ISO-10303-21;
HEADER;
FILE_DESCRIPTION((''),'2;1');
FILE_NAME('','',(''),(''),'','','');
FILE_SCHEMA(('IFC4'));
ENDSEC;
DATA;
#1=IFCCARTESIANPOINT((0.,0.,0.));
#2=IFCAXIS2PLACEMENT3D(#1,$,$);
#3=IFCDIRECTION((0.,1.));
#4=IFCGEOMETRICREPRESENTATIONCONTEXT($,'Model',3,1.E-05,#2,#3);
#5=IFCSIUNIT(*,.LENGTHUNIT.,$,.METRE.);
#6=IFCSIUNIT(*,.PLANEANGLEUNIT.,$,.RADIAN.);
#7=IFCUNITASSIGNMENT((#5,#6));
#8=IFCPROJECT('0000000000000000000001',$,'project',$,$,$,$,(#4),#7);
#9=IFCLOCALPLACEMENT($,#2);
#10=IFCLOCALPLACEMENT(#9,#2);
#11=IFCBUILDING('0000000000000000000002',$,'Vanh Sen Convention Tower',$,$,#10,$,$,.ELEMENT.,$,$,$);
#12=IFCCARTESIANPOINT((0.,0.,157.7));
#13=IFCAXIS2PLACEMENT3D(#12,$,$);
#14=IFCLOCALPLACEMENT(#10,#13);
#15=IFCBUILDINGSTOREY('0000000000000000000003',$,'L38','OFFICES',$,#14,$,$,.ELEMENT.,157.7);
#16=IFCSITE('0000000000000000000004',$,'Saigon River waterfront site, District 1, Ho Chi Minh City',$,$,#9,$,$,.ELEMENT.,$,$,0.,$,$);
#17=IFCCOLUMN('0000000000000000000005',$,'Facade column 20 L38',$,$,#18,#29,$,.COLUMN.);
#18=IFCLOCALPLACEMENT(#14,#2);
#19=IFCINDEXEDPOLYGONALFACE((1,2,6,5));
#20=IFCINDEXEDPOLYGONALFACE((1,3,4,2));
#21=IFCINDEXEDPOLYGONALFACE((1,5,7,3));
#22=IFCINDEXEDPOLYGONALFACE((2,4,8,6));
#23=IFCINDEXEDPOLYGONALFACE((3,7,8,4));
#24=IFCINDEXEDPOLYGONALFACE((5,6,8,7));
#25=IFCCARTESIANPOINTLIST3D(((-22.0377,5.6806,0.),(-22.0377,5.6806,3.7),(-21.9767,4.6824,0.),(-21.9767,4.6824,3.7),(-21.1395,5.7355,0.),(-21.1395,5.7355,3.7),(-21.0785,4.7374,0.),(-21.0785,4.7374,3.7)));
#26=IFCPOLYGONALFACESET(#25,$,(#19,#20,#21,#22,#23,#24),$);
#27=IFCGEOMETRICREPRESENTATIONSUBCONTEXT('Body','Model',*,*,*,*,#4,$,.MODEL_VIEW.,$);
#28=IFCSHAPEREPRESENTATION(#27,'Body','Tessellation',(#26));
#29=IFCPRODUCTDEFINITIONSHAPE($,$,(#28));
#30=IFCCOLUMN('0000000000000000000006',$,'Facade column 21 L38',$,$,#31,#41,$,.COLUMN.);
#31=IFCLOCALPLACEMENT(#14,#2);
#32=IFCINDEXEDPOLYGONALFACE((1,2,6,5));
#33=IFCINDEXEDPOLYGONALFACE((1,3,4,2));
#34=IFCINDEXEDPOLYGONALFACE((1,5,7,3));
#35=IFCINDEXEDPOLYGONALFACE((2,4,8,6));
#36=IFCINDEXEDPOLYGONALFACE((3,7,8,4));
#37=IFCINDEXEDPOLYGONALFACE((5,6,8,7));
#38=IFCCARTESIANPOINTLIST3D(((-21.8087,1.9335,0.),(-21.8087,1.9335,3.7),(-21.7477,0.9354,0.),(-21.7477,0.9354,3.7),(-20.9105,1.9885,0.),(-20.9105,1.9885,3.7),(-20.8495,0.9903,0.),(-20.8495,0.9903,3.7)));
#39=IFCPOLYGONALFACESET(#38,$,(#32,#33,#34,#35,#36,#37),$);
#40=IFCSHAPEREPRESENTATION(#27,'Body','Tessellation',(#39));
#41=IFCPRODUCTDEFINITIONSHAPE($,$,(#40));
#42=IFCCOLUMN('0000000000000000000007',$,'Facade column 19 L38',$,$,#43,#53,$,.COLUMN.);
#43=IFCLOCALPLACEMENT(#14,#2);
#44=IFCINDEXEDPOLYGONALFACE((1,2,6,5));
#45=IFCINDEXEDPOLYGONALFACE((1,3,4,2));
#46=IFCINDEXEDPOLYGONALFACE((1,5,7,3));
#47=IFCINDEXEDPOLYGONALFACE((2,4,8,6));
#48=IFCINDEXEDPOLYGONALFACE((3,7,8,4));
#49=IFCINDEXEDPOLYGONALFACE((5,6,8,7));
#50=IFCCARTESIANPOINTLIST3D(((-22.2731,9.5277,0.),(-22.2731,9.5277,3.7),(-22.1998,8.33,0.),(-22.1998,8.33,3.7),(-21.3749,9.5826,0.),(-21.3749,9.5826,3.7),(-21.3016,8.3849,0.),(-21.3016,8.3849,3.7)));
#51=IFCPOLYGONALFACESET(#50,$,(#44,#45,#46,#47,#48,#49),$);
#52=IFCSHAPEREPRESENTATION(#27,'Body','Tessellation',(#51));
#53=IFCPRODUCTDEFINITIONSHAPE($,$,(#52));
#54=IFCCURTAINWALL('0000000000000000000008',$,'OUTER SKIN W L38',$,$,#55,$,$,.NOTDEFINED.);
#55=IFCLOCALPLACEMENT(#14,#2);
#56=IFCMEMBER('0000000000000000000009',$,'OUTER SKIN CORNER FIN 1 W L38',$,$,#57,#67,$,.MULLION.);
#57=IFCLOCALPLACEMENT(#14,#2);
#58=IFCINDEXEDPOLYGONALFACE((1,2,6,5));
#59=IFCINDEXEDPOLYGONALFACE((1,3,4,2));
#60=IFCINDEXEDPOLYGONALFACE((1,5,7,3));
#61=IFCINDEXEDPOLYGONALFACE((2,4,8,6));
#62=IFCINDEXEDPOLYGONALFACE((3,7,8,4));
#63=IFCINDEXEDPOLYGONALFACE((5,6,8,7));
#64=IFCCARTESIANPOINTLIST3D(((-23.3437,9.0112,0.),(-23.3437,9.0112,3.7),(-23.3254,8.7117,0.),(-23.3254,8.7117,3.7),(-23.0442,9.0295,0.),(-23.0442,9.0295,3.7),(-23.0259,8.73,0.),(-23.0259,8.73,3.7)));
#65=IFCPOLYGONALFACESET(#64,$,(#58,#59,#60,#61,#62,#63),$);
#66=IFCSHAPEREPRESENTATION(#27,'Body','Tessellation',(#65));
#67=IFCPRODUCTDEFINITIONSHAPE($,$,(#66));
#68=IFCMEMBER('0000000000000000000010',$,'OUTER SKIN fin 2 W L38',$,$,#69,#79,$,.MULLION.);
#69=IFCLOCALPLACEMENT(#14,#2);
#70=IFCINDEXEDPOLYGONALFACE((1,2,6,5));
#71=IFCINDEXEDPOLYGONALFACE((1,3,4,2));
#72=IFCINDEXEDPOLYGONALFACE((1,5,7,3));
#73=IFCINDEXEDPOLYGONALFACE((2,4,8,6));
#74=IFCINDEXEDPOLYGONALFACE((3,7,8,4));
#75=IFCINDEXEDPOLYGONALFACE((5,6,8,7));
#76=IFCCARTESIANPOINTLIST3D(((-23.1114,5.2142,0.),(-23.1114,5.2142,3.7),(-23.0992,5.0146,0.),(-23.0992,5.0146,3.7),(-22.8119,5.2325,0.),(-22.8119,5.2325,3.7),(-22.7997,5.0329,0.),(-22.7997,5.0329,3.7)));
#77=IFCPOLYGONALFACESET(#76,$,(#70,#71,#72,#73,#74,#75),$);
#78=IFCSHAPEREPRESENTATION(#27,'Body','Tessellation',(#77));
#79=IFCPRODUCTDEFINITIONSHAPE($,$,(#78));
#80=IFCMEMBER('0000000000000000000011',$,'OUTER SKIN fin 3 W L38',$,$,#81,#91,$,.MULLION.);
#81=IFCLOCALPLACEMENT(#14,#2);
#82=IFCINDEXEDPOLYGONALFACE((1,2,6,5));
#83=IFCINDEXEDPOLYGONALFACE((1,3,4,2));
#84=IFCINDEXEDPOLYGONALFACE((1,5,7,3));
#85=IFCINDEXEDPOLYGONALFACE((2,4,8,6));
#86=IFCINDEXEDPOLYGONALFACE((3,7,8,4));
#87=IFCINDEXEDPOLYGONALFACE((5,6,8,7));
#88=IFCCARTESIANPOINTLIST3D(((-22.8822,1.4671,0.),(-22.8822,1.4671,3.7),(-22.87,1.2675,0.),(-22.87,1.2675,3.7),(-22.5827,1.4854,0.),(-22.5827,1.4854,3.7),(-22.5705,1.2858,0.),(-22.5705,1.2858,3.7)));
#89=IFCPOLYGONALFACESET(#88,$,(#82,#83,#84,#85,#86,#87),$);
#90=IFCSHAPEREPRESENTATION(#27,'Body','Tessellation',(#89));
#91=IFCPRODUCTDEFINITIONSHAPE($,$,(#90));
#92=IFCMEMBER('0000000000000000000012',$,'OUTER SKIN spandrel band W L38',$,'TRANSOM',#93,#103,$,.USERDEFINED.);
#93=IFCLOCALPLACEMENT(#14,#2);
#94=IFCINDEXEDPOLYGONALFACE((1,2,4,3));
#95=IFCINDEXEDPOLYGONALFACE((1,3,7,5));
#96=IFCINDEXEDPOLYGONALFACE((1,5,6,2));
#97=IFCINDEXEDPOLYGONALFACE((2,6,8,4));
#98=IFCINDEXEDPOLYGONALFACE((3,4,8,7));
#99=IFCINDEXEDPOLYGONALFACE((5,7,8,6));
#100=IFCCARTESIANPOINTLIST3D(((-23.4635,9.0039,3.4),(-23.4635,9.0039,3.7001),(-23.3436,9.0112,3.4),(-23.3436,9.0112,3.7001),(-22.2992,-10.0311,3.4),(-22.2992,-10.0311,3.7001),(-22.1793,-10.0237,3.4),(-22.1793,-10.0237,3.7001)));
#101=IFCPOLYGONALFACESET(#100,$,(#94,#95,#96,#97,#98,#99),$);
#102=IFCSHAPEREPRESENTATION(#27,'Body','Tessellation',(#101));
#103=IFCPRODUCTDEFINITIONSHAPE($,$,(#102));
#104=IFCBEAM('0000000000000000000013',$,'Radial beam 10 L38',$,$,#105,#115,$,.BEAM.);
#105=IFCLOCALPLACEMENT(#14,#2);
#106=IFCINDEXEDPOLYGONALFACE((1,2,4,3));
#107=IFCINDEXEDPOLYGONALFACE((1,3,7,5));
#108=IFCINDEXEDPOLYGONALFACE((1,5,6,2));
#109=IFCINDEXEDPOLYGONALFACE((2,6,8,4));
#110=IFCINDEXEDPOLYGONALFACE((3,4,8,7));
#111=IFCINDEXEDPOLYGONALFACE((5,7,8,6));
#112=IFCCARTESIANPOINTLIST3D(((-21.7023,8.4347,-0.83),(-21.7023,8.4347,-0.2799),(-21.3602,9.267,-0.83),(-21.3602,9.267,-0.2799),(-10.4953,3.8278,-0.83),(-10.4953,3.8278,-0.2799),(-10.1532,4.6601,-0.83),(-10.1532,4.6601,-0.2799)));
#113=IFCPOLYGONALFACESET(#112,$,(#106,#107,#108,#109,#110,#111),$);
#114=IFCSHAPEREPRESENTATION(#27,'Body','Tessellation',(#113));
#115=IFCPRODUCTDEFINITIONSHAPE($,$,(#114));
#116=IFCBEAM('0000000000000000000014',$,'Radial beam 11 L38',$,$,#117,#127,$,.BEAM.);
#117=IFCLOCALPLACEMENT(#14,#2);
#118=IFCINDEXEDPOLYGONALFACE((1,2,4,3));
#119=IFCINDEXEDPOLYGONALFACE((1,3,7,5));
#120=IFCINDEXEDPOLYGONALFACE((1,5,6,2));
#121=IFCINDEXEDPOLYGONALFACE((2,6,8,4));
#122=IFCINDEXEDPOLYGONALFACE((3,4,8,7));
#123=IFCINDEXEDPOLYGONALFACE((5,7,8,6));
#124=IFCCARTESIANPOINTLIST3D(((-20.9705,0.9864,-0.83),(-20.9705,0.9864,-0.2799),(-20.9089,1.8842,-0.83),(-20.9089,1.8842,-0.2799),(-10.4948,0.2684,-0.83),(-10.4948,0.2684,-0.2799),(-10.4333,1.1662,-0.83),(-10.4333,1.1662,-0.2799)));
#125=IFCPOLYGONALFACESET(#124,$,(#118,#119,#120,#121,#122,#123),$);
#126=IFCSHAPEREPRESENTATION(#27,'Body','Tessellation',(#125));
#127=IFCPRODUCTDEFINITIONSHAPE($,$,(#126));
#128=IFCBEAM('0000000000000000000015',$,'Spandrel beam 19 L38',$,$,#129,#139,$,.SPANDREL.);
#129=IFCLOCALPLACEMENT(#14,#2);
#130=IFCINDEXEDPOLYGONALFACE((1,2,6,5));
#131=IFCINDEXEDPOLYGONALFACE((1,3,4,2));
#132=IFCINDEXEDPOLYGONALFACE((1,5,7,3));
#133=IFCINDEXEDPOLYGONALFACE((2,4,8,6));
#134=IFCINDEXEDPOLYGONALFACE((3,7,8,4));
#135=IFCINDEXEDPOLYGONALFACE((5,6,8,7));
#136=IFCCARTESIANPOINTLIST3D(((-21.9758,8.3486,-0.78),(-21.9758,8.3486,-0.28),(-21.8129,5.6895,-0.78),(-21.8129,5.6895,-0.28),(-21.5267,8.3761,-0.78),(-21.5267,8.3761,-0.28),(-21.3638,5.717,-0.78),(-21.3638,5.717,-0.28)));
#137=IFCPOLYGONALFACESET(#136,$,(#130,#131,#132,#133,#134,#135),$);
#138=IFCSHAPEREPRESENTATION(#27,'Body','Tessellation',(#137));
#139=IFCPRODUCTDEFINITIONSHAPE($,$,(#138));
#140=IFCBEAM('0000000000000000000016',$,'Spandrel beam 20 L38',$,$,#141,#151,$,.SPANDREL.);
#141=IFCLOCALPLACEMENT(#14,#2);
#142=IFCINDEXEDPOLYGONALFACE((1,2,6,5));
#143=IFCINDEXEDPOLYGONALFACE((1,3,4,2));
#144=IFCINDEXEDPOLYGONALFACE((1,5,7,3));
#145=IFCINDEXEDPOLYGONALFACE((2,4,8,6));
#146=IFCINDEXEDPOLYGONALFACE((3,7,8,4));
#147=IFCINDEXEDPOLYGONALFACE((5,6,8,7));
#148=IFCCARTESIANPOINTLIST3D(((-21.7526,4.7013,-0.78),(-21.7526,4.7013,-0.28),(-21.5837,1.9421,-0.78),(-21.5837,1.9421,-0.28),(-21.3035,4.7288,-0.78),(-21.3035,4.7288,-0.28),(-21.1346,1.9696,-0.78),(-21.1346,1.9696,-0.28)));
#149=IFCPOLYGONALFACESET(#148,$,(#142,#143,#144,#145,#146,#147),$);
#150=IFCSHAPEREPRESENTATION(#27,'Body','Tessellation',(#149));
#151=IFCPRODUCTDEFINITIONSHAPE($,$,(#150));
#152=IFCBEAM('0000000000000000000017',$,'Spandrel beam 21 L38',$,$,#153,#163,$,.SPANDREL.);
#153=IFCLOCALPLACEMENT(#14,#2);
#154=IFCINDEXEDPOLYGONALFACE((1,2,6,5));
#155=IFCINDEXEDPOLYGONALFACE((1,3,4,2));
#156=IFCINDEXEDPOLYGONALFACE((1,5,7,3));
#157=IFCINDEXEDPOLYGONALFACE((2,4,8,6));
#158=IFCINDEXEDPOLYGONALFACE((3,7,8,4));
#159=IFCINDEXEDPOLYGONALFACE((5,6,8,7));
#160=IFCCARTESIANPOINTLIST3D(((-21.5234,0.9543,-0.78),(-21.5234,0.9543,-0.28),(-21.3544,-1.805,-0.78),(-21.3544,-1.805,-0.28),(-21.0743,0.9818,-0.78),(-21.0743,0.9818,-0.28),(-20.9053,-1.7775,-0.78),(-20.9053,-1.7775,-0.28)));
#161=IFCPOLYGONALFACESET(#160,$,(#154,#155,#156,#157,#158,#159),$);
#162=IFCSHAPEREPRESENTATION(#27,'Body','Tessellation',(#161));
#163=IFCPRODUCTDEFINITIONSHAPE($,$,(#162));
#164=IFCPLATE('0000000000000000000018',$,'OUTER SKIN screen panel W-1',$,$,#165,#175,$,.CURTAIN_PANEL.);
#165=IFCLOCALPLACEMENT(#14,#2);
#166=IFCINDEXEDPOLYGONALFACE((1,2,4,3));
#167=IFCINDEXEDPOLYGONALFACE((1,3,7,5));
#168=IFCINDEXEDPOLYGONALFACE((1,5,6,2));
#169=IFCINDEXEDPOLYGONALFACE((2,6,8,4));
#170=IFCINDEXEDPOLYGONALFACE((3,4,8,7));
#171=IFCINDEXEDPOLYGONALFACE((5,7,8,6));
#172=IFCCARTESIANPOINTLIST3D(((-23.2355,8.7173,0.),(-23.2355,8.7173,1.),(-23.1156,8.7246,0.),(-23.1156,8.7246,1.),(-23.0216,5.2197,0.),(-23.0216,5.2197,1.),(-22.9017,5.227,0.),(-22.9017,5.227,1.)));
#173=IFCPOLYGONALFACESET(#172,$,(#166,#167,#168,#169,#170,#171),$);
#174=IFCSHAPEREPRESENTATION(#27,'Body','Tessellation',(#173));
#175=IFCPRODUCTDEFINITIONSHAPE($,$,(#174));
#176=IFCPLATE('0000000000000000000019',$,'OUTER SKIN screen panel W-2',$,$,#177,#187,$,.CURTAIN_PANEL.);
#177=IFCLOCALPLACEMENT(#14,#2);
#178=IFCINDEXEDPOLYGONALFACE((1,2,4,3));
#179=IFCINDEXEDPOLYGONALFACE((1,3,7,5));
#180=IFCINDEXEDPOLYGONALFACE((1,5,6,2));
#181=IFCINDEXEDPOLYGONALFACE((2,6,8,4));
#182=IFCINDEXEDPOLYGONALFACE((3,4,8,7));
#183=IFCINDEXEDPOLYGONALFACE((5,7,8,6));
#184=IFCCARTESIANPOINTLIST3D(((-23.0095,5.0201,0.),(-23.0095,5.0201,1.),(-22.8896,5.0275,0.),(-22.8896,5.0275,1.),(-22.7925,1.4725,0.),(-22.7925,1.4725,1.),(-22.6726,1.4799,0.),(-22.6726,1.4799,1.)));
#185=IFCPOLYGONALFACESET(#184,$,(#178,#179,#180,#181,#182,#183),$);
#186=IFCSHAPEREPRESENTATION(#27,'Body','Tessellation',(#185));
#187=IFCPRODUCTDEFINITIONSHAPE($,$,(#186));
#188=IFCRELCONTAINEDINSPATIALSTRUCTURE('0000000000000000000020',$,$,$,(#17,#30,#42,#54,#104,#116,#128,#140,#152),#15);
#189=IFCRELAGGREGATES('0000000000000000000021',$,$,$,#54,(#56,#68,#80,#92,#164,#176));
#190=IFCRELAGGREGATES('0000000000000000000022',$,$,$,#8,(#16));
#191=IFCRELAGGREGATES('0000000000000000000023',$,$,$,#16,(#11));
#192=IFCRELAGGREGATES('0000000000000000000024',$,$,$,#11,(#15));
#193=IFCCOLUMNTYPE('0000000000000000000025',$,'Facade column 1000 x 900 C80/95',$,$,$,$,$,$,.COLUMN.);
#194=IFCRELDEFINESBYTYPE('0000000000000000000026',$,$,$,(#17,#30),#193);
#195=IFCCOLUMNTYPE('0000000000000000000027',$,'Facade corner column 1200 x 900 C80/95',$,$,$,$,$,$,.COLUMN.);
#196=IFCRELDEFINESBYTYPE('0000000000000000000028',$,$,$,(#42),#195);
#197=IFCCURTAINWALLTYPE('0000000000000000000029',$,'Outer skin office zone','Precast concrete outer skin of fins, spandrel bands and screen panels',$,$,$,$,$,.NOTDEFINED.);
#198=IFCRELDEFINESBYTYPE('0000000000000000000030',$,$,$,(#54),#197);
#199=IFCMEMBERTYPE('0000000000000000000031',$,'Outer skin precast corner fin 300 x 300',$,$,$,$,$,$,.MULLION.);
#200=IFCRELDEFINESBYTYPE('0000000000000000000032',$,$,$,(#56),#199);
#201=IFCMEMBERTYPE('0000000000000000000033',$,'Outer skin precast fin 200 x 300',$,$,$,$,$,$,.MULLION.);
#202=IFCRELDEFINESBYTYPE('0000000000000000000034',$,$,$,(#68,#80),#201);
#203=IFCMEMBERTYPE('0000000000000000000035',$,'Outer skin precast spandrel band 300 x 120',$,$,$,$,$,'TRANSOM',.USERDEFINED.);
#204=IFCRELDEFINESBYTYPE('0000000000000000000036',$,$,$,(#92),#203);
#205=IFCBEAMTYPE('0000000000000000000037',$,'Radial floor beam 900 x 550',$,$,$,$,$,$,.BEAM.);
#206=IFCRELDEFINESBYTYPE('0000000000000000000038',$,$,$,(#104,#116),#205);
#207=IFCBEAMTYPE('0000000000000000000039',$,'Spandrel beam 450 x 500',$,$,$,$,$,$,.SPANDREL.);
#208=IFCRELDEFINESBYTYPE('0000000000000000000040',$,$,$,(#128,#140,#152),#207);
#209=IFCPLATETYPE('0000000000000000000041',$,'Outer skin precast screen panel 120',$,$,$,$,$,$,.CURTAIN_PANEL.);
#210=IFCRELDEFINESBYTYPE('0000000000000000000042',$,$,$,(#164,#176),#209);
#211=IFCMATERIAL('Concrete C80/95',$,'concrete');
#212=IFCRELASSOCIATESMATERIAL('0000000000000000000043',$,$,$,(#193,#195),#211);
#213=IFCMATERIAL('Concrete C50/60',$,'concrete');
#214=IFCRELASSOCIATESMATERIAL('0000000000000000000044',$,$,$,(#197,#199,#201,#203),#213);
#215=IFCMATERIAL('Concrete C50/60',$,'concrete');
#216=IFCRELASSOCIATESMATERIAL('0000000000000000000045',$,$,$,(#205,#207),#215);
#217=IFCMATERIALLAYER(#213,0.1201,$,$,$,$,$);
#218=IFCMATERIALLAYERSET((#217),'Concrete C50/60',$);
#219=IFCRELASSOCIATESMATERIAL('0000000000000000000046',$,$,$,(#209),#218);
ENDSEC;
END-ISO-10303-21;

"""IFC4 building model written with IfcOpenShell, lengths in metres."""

from ifc_helpers import new_model, si_unit, direction, frame, origin, origin_2d, place, context, subcontext, project, spatial, rectangle, extrude, material, layer, layer_set, material_profile, profile_set, type_object, element, aggregate, save


model = new_model("IFC4")

# Units and contexts
model_context = context("Model", 3, precision=1e-05, world=origin(), true_north=direction((0.0, 1.0)))
body_context = subcontext(model_context, "Body", "Model", "MODEL_VIEW")
ifc_project = project(units=[si_unit("LENGTHUNIT", "METRE"), si_unit("PLANEANGLEUNIT", "RADIAN")], contexts=[model_context])

# Site, building, storey
site_placement = place(None, origin())
site = spatial("IfcSite", under=ifc_project, at=site_placement, Name="Saigon River waterfront site, District 1, Ho Chi Minh City", CompositionType="ELEMENT", RefElevation=0.0)
building_placement = place(site_placement, origin())
building = spatial("IfcBuilding", under=site, at=building_placement, Name="Vanh Sen Convention Tower", CompositionType="ELEMENT")
storey_placement = place(building_placement, frame((0.0, 0.0, 157.7)))
storey = spatial("IfcBuildingStorey", under=building, at=storey_placement, Name="L38", Description="OFFICES", CompositionType="ELEMENT", Elevation=157.7)

# Columns
ifc_material_1 = material(Name="Concrete C80/95", Category="concrete")
ifc_material_profile_1 = material_profile(ifc_material_1, rectangle(XDim=1.0, YDim=0.8999, at=origin_2d()), Name="RC 1000X900")
ifc_profile_set_1 = profile_set([ifc_material_profile_1], Name="Concrete C80/95")
column_type_1 = type_object("IfcColumnType", Name="Facade column 1000 x 900 C80/95", PredefinedType="COLUMN", material=ifc_profile_set_1)
for number, where, z_axis, x_axis, name in (
    (1, (-21.5581, 5.209, 0.0), (0.0, 0.0, 1.0), (0.061049, -0.998135, 0.0), "Facade column 20 L38"),
    (2, (-21.3291, 1.4619, 0.0), (0.0, 0.0, 1.0), (0.061049, -0.998135, 0.0), "Facade column 21 L38"),
):
    element("IfcColumn", number, at=place(storey_placement, frame(where, z_axis=z_axis, x_axis=x_axis)), inside=storey, type_object=column_type_1, Name=name, PredefinedType="COLUMN", context=body_context, shape_type="SweptSolid", body=[
        extrude(rectangle(XDim=1.0, YDim=0.8999, at=origin_2d()), origin(), (0.0, 0.0, 1.0), 3.7),
    ])
ifc_material_profile_2 = material_profile(ifc_material_1, rectangle(XDim=1.2, YDim=0.8999, at=origin_2d()), Name="RC 1200X900")
ifc_profile_set_2 = profile_set([ifc_material_profile_2], Name="Concrete C80/95")
column_type_2 = type_object("IfcColumnType", Name="Facade corner column 1200 x 900 C80/95", PredefinedType="COLUMN", material=ifc_profile_set_2)
column_placement = place(storey_placement, frame((-21.7874, 8.9563, 0.0), z_axis=(0.0, 0.0, 1.0), x_axis=(0.061049, -0.998135, 0.0)))
element("IfcColumn", 3, at=column_placement, inside=storey, type_object=column_type_2, Name="Facade column 19 L38", PredefinedType="COLUMN", context=body_context, shape_type="SweptSolid", body=[
    extrude(rectangle(XDim=1.2, YDim=0.8999, at=origin_2d()), origin(), (0.0, 0.0, 1.0), 3.7),
])

# Curtain wall, members
ifc_material_2 = material(Name="Concrete C50/60", Category="concrete")
curtain_wall_type = type_object("IfcCurtainWallType", Name="Outer skin office zone", Description="Precast concrete outer skin of fins, spandrel bands and screen panels", PredefinedType="NOTDEFINED", material=ifc_material_2)
curtain_wall_placement = place(storey_placement, origin())
curtain_wall = element("IfcCurtainWall", 4, at=curtain_wall_placement, inside=storey, type_object=curtain_wall_type, Name="OUTER SKIN W L38", PredefinedType="NOTDEFINED")
ifc_material_profile_3 = material_profile(ifc_material_2, rectangle(XDim=0.3, YDim=0.3, at=origin_2d()), Name="Outer skin precast corner fin 300 x 300")
ifc_profile_set_3 = profile_set([ifc_material_profile_3], Name="Concrete C50/60")
member_type_1 = type_object("IfcMemberType", Name="Outer skin precast corner fin 300 x 300", PredefinedType="MULLION", material=ifc_profile_set_3)
member_1_placement = place(storey_placement, frame((-23.1848, 8.8706, 0.0), z_axis=(0.0, 0.0, 1.0), x_axis=(0.061049, -0.998135, 0.0)))
member_1 = element("IfcMember", 5, at=member_1_placement, type_object=member_type_1, Name="OUTER SKIN CORNER FIN 1 W L38", PredefinedType="MULLION", context=body_context, shape_type="SweptSolid", body=[
    extrude(rectangle(XDim=0.3, YDim=0.3, at=origin_2d()), origin(), (0.0, 0.0, 1.0), 3.7),
])
ifc_material_profile_4 = material_profile(ifc_material_2, rectangle(XDim=0.2, YDim=0.3, at=origin_2d()), Name="Outer skin precast fin 200 x 300")
ifc_profile_set_4 = profile_set([ifc_material_profile_4], Name="Concrete C50/60")
member_type_2 = type_object("IfcMemberType", Name="Outer skin precast fin 200 x 300", PredefinedType="MULLION", material=ifc_profile_set_4)
member_2_placement = place(storey_placement, frame((-22.9556, 5.1235, 0.0), z_axis=(0.0, 0.0, 1.0), x_axis=(0.061049, -0.998135, 0.0)))
member_2 = element("IfcMember", 6, at=member_2_placement, type_object=member_type_2, Name="OUTER SKIN fin 2 W L38", PredefinedType="MULLION", context=body_context, shape_type="SweptSolid", body=[
    extrude(rectangle(XDim=0.2, YDim=0.3, at=origin_2d()), origin(), (0.0, 0.0, 1.0), 3.7),
])
member_3_placement = place(storey_placement, frame((-22.7263, 1.3765, 0.0), z_axis=(0.0, 0.0, 1.0), x_axis=(0.061049, -0.998135, 0.0)))
member_3 = element("IfcMember", 7, at=member_3_placement, type_object=member_type_2, Name="OUTER SKIN fin 3 W L38", PredefinedType="MULLION", context=body_context, shape_type="SweptSolid", body=[
    extrude(rectangle(XDim=0.2, YDim=0.3, at=origin_2d()), origin(), (0.0, 0.0, 1.0), 3.7),
])
ifc_material_profile_5 = material_profile(ifc_material_2, rectangle(XDim=0.1201, YDim=0.3, at=origin_2d()), Name="Outer skin precast spandrel band 300 x 120")
ifc_profile_set_5 = profile_set([ifc_material_profile_5], Name="Concrete C50/60")
member_type_3 = type_object("IfcMemberType", Name="Outer skin precast spandrel band 300 x 120", ElementType="TRANSOM", PredefinedType="USERDEFINED", material=ifc_profile_set_5)
member_4_placement = place(storey_placement, frame((-23.4036, 9.0076, 3.55), z_axis=(0.061053, -0.998135, 0.0), x_axis=(0.998135, 0.061053, 0.0)))
member_4 = element("IfcMember", 8, at=member_4_placement, type_object=member_type_3, Name="OUTER SKIN spandrel band W L38", ObjectType="TRANSOM", PredefinedType="USERDEFINED", context=body_context, shape_type="SweptSolid", body=[
    extrude(rectangle(XDim=0.1201, YDim=0.3, at=origin_2d()), origin(), (0.0, 0.0, 1.0), 19.0706),
])

# Beams
ifc_material_3 = material(Name="Concrete C50/60", Category="concrete")
ifc_material_profile_6 = material_profile(ifc_material_3, rectangle(XDim=0.8999, YDim=0.55, at=origin_2d()), Name="RC 900X550")
ifc_profile_set_6 = profile_set([ifc_material_profile_6], Name="Concrete C50/60")
beam_type_1 = type_object("IfcBeamType", Name="Radial floor beam 900 x 550", PredefinedType="BEAM", material=ifc_profile_set_6)
beam_1_placement = place(storey_placement, frame((-21.5312, 8.8508, -0.5549), z_axis=(0.924902, -0.380205, 0.0), x_axis=(0.380205, 0.924902, 0.0)))
element("IfcBeam", 9, at=beam_1_placement, inside=storey, type_object=beam_type_1, Name="Radial beam 10 L38", PredefinedType="BEAM", context=body_context, shape_type="SweptSolid", body=[
    extrude(rectangle(XDim=0.8999, YDim=0.55, at=origin_2d()), origin(), (0.0, 0.0, 1.0), 12.1169),
])
beam_2_placement = place(storey_placement, frame((-20.9397, 1.4353, -0.5549), z_axis=(0.997659, -0.068382, 0.0), x_axis=(0.068382, 0.997659, 0.0)))
element("IfcBeam", 10, at=beam_2_placement, inside=storey, type_object=beam_type_1, Name="Radial beam 11 L38", PredefinedType="BEAM", context=body_context, shape_type="SweptSolid", body=[
    extrude(rectangle(XDim=0.8999, YDim=0.55, at=origin_2d()), origin(), (0.0, 0.0, 1.0), 10.5002),
])
ifc_material_profile_7 = material_profile(ifc_material_3, rectangle(XDim=0.45, YDim=0.5, at=origin_2d()), Name="RC 450X500")
ifc_profile_set_7 = profile_set([ifc_material_profile_7], Name="Concrete C50/60")
beam_type_2 = type_object("IfcBeamType", Name="Spandrel beam 450 x 500", PredefinedType="SPANDREL", material=ifc_profile_set_7)
beam_3_placement = place(storey_placement, frame((-21.7512, 8.3623, -0.53), z_axis=(0.061123, -0.99813, 0.0), x_axis=(0.99813, 0.061123, 0.0)))
element("IfcBeam", 11, at=beam_3_placement, inside=storey, type_object=beam_type_2, Name="Spandrel beam 19 L38", PredefinedType="SPANDREL", context=body_context, shape_type="SweptSolid", body=[
    extrude(rectangle(XDim=0.45, YDim=0.5, at=origin_2d()), origin(), (0.0, 0.0, 1.0), 2.6641),
])
for number, where, z_axis, x_axis, name in (
    (12, (-21.5281, 4.7151, -0.53), (0.061114, -0.998131, 0.0), (0.998131, 0.061114, 0.0), "Spandrel beam 20 L38"),
    (13, (-21.2988, 0.968, -0.53), (0.061114, -0.998131, 0.0), (0.998131, 0.061114, 0.0), "Spandrel beam 21 L38"),
):
    element("IfcBeam", number, at=place(storey_placement, frame(where, z_axis=z_axis, x_axis=x_axis)), inside=storey, type_object=beam_type_2, Name=name, PredefinedType="SPANDREL", context=body_context, shape_type="SweptSolid", body=[
        extrude(rectangle(XDim=0.45, YDim=0.5, at=origin_2d()), origin(), (0.0, 0.0, 1.0), 2.7644),
    ])

# Plates
ifc_layer_1 = layer(ifc_material_2, 0.1201)
ifc_layer_set_1 = layer_set([ifc_layer_1], Name="Concrete C50/60")
plate_type = type_object("IfcPlateType", Name="Outer skin precast screen panel 120", PredefinedType="CURTAIN_PANEL", material=ifc_layer_set_1)
plate_1_placement = place(storey_placement, frame((-23.0686, 6.9722, 0.0), z_axis=(0.0, 0.0, 1.0), x_axis=(0.061054, -0.998134, 0.0)))
plate_1 = element("IfcPlate", 14, at=plate_1_placement, type_object=plate_type, Name="OUTER SKIN screen panel W-1", PredefinedType="CURTAIN_PANEL", context=body_context, shape_type="SweptSolid", body=[
    extrude(rectangle(XDim=3.5042, YDim=0.1201, at=origin_2d()), origin(), (0.0, 0.0, 1.0), 1.0),
])
plate_2_placement = place(storey_placement, frame((-22.8411, 3.25, 0.0), z_axis=(0.0, 0.0, 1.0), x_axis=(0.061052, -0.998135, 0.0)))
plate_2 = element("IfcPlate", 15, at=plate_2_placement, type_object=plate_type, Name="OUTER SKIN screen panel W-2", PredefinedType="CURTAIN_PANEL", context=body_context, shape_type="SweptSolid", body=[
    extrude(rectangle(XDim=3.5542, YDim=0.1201, at=origin_2d()), origin(), (0.0, 0.0, 1.0), 1.0),
])
aggregate(curtain_wall, [member_1, member_2, member_3, member_4, plate_1, plate_2])

save(model, "model.ifc")
